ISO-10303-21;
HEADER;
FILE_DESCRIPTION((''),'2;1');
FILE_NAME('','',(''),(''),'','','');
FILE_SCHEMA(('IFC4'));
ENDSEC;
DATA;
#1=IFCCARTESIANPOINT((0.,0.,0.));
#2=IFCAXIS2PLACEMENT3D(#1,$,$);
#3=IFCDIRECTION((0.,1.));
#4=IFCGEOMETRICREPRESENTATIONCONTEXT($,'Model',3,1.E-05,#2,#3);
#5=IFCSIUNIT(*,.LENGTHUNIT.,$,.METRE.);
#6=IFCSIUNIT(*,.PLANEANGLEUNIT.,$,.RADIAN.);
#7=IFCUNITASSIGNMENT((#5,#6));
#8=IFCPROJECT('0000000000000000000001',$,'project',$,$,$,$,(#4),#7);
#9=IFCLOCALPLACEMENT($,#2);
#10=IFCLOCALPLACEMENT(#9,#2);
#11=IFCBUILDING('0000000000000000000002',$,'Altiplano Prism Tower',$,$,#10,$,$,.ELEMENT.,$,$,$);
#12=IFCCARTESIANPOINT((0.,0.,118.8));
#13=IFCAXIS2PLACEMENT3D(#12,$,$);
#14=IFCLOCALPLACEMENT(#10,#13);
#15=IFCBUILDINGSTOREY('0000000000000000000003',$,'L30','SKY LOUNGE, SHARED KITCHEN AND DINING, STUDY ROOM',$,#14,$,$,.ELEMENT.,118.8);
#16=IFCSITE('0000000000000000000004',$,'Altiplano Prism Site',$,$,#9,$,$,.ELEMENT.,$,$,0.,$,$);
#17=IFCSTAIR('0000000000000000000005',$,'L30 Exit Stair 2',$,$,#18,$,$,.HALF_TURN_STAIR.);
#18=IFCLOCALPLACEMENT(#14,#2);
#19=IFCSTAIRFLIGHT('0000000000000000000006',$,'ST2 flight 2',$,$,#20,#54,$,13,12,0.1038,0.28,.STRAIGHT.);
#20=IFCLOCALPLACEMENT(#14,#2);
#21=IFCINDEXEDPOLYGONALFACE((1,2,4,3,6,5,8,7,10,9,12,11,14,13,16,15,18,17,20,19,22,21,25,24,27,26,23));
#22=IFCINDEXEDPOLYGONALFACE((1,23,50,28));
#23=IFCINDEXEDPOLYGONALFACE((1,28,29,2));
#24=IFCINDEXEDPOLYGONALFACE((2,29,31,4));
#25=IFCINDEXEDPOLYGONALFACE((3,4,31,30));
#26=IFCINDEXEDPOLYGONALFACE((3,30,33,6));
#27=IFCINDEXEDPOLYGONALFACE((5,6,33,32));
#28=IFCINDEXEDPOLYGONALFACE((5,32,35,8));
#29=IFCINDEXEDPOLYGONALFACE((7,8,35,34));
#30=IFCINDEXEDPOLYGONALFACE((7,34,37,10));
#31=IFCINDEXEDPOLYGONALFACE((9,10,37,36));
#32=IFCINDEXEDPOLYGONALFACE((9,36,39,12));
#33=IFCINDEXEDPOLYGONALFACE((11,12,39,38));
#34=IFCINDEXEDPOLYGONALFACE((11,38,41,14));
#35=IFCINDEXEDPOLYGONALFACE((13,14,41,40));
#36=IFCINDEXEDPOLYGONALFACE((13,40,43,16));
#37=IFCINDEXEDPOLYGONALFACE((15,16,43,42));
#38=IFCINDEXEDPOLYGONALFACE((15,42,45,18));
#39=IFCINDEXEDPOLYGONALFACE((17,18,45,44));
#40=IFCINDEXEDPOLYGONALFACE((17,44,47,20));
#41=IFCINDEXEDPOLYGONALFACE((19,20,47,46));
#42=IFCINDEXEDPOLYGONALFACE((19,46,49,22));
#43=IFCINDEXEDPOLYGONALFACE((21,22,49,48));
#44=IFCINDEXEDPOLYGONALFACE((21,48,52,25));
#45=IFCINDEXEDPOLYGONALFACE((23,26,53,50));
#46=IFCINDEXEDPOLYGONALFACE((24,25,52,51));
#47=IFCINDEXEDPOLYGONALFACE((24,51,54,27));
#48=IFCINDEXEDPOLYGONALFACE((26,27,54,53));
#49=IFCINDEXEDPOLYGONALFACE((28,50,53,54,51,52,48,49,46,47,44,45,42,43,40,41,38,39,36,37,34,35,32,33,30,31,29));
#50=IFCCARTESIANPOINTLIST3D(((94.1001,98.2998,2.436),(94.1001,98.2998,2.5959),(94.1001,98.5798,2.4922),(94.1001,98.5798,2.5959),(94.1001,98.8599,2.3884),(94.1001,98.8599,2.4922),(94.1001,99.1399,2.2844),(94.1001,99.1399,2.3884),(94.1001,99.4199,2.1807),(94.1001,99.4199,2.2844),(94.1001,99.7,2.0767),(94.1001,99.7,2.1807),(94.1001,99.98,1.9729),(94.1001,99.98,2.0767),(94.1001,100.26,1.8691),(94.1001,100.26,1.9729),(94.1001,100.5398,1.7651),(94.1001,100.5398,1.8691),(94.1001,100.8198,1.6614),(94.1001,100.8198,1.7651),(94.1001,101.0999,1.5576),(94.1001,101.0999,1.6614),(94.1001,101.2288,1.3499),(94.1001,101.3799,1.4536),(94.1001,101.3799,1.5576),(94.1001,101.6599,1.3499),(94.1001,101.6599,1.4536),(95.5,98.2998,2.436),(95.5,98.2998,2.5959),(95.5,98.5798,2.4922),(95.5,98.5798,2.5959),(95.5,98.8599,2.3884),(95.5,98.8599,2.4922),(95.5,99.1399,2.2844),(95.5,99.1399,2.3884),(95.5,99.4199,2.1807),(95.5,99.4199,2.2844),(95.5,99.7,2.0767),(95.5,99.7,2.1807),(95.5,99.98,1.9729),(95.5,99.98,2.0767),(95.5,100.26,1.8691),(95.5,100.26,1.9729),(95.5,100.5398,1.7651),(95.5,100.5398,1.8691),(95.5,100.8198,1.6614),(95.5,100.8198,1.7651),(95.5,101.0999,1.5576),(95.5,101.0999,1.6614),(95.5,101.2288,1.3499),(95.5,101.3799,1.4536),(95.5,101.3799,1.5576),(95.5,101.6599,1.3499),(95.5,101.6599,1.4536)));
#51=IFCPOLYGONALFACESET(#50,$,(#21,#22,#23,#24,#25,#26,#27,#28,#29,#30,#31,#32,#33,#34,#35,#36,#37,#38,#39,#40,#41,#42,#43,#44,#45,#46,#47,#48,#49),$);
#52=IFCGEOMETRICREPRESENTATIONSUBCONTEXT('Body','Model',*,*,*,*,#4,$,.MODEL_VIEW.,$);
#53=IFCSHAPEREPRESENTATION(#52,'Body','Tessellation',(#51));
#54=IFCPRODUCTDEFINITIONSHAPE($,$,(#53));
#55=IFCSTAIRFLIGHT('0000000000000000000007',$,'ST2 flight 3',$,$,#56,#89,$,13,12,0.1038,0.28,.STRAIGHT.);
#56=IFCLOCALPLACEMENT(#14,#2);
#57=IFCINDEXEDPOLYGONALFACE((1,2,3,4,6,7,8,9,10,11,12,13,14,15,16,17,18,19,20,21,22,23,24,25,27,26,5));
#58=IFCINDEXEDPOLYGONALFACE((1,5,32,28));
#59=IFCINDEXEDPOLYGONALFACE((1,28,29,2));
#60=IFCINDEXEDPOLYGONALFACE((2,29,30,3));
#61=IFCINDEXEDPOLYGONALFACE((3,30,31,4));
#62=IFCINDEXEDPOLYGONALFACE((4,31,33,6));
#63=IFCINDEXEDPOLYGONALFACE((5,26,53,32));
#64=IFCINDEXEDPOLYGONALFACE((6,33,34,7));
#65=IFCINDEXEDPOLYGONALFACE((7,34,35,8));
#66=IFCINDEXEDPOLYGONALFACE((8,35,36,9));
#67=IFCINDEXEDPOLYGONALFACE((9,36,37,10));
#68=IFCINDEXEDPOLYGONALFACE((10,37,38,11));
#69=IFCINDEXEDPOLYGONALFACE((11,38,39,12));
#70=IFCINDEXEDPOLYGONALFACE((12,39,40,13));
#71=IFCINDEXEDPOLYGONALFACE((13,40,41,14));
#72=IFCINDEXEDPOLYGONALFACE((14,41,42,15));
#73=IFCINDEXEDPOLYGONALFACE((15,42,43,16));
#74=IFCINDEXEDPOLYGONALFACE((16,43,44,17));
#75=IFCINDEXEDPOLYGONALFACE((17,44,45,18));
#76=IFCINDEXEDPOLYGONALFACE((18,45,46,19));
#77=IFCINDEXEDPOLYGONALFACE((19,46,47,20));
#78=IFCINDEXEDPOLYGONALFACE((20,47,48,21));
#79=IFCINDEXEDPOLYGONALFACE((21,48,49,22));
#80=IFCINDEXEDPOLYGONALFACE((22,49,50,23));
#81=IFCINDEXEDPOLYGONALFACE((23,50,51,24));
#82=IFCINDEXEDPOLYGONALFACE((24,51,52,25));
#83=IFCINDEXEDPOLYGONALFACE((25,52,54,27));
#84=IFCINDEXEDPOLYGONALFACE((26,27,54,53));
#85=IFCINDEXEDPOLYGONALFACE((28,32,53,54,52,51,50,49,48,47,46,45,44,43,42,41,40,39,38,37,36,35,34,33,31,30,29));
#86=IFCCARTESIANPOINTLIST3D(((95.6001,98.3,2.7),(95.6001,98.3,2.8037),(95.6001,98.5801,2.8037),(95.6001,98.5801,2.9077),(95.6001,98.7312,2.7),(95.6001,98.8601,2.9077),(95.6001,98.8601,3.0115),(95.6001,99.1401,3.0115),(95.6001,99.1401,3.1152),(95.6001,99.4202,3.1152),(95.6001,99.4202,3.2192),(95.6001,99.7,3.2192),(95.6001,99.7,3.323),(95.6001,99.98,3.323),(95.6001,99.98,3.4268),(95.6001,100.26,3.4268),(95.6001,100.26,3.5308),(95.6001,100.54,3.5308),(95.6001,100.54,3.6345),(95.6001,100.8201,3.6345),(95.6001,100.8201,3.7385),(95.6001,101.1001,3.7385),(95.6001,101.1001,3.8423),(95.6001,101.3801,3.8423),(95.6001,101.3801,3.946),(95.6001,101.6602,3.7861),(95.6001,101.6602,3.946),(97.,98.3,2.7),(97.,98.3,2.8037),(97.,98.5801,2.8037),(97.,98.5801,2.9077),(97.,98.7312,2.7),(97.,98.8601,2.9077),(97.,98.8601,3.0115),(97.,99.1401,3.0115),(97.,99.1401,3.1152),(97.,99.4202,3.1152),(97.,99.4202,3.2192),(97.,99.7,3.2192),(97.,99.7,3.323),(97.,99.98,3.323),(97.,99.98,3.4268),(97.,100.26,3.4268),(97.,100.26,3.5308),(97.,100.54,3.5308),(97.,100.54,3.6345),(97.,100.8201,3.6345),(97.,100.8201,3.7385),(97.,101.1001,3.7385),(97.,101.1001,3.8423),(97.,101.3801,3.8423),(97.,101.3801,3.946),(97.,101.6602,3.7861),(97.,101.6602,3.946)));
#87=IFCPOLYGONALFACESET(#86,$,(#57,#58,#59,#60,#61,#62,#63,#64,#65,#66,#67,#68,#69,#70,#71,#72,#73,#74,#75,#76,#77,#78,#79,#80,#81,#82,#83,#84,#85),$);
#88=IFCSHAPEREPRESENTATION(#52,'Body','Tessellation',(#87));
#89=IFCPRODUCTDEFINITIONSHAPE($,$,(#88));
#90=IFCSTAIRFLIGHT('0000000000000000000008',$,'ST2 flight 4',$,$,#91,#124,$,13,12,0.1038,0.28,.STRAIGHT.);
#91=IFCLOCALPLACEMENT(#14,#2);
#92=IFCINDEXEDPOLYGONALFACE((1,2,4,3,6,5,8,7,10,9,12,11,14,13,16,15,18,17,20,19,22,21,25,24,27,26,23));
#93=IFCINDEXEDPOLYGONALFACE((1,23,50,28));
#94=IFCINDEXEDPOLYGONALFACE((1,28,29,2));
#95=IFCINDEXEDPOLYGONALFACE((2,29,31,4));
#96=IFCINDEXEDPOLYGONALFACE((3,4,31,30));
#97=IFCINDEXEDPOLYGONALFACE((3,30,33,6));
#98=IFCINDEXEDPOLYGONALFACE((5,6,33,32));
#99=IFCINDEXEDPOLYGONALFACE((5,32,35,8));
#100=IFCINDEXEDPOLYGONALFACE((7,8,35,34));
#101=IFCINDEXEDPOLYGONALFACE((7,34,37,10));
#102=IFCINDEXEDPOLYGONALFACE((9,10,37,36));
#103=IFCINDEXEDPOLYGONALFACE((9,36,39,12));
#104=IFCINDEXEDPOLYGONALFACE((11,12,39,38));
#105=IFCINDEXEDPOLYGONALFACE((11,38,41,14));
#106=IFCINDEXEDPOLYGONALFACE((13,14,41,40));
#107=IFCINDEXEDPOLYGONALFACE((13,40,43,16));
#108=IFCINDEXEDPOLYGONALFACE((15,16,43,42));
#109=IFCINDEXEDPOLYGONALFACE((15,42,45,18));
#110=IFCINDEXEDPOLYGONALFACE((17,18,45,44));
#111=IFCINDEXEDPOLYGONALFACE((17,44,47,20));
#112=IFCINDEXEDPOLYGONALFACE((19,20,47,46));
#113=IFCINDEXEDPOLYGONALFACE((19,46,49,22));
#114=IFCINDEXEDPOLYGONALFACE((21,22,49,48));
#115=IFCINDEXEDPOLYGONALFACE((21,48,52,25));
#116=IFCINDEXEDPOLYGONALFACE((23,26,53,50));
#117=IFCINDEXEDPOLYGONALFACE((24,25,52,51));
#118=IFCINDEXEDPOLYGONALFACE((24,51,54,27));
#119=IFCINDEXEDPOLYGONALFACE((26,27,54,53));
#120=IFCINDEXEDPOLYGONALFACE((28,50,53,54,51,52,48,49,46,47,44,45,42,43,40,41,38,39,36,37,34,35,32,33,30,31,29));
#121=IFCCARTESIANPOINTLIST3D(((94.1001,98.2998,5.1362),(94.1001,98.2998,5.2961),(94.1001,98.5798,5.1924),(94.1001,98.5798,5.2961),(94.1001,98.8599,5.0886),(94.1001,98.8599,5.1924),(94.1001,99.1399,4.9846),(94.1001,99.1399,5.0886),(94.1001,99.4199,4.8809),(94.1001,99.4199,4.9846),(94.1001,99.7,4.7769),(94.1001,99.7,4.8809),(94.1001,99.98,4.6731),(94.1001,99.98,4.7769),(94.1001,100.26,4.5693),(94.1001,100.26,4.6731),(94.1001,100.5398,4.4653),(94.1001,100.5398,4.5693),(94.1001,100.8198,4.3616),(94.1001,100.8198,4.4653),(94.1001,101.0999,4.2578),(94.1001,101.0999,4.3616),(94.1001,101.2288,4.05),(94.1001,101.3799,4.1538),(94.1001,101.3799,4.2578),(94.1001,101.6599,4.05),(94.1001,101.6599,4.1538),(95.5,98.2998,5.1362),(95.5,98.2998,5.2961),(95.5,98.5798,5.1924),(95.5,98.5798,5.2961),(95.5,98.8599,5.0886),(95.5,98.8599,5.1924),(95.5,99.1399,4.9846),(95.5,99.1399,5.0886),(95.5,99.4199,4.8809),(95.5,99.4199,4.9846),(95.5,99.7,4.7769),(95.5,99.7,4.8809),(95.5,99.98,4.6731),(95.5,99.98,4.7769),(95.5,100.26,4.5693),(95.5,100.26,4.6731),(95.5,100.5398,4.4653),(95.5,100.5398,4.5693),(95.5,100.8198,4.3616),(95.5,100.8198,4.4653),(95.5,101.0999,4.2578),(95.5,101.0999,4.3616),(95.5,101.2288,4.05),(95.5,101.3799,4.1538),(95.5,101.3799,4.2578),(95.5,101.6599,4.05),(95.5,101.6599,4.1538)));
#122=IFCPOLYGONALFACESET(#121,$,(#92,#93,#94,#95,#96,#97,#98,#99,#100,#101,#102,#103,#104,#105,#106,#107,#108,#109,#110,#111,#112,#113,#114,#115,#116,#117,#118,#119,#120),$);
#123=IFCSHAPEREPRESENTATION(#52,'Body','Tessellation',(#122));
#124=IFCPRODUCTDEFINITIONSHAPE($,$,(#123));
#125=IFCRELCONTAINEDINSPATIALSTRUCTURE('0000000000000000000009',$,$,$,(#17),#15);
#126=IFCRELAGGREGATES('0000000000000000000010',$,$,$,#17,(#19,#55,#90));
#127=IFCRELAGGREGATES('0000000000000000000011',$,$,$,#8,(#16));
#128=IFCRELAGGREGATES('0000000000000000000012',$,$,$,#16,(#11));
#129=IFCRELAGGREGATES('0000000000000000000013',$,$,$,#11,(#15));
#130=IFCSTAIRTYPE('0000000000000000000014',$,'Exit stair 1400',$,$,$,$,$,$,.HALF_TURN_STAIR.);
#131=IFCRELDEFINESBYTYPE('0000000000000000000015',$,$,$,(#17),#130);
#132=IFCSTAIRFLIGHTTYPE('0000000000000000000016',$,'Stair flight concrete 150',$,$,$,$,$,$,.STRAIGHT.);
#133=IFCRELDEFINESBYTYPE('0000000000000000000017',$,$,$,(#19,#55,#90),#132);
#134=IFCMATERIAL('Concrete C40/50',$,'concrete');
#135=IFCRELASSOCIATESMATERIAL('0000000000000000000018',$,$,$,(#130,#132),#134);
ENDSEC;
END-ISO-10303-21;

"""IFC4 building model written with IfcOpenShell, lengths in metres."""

from ifc_helpers import new_model, si_unit, direction, frame, origin, place, context, subcontext, project, spatial, polyline, outline, extrude, material, type_object, element, aggregate, save


model = new_model("IFC4")

# Units and contexts
model_context = context("Model", 3, precision=1e-05, world=origin(), true_north=direction((0.0, 1.0)))
body_context = subcontext(model_context, "Body", "Model", "MODEL_VIEW")
ifc_project = project(units=[si_unit("LENGTHUNIT", "METRE"), si_unit("PLANEANGLEUNIT", "RADIAN")], contexts=[model_context])

# Site, building, storey
site_placement = place(None, origin())
site = spatial("IfcSite", under=ifc_project, at=site_placement, Name="Altiplano Prism Site", CompositionType="ELEMENT", RefElevation=0.0)
building_placement = place(site_placement, origin())
building = spatial("IfcBuilding", under=site, at=building_placement, Name="Altiplano Prism Tower", CompositionType="ELEMENT")
storey_placement = place(building_placement, frame((0.0, 0.0, 118.8)))
storey = spatial("IfcBuildingStorey", under=building, at=storey_placement, Name="L30", Description="SKY LOUNGE, SHARED KITCHEN AND DINING, STUDY ROOM", CompositionType="ELEMENT", Elevation=118.8)

# Stair, stair flights
ifc_material_1 = material(Name="Concrete C40/50", Category="concrete")
stair_type = type_object("IfcStairType", Name="Exit stair 1400", PredefinedType="HALF_TURN_STAIR", material=ifc_material_1)
stair_placement = place(storey_placement, origin())
stair = element("IfcStair", 1, at=stair_placement, inside=storey, type_object=stair_type, Name="L30 Exit Stair 2", PredefinedType="HALF_TURN_STAIR")
stair_flight_type = type_object("IfcStairFlightType", Name="Stair flight concrete 150", PredefinedType="STRAIGHT", material=ifc_material_1)
stair_flight_1_placement = place(storey_placement, frame((94.8, 101.6599, 1.3499), z_axis=(0.0, 0.0, 1.0), x_axis=(0.0, -1.0, 0.0)))
stair_flight_1 = element("IfcStairFlight", 2, at=stair_flight_1_placement, type_object=stair_flight_type, Name="ST2 flight 2", NumberOfRisers=13, NumberOfTreads=12, PredefinedType="STRAIGHT", RiserHeight=0.1038, TreadLength=0.28, context=body_context, shape_type="SweptSolid", body=[
    extrude(outline(polyline([(0.0, 0.0), (0.0, 0.1038), (0.28, 0.1038), (0.28, 0.2078), (0.5601, 0.2078), (0.5601, 0.3115), (0.8401, 0.3115), (0.8401, 0.4153), (1.1201, 0.4153), (1.1201, 0.5193), (1.3999, 0.5193), (1.3999, 0.623), (1.6799, 0.623), (1.6799, 0.7268), (1.96, 0.7268), (1.96, 0.8308), (2.24, 0.8308), (2.24, 0.9346), (2.52, 0.9346), (2.52, 1.0386), (2.8, 1.0386), (2.8, 1.1423), (3.0801, 1.1423), (3.0801, 1.2461), (3.3601, 1.2461), (3.3601, 1.3501), (3.3601, 1.0862), (0.4312, 0.0), (0.0, 0.0)])), frame((0.0, 0.7, 0.0), z_axis=(0.0, -1.0, 0.0), x_axis=(1.0, 0.0, 0.0)), (0.0, 0.0, 1.0), 1.3999),
])
stair_flight_2_placement = place(storey_placement, frame((96.3, 98.3, 2.7), z_axis=(0.0, 0.0, 1.0), x_axis=(0.0, 1.0, 0.0)))
stair_flight_2 = element("IfcStairFlight", 3, at=stair_flight_2_placement, type_object=stair_flight_type, Name="ST2 flight 3", NumberOfRisers=13, NumberOfTreads=12, PredefinedType="STRAIGHT", RiserHeight=0.1038, TreadLength=0.28, context=body_context, shape_type="SweptSolid", body=[
    extrude(outline(polyline([(0.0, 0.0), (0.0, 0.1038), (0.28, 0.1038), (0.28, 0.2078), (0.5601, 0.2078), (0.5601, 0.3115), (0.8401, 0.3115), (0.8401, 0.4153), (1.1201, 0.4153), (1.1201, 0.5193), (1.3999, 0.5193), (1.3999, 0.623), (1.6799, 0.623), (1.6799, 0.7268), (1.96, 0.7268), (1.96, 0.8308), (2.24, 0.8308), (2.24, 0.9346), (2.52, 0.9346), (2.52, 1.0386), (2.8, 1.0386), (2.8, 1.1423), (3.0801, 1.1423), (3.0801, 1.2461), (3.3601, 1.2461), (3.3601, 1.3501), (3.3601, 1.0862), (0.4312, 0.0), (0.0, 0.0)])), frame((0.0, 0.7, 0.0), z_axis=(0.0, -1.0, 0.0), x_axis=(1.0, 0.0, 0.0)), (0.0, 0.0, 1.0), 1.3999),
])
stair_flight_3_placement = place(storey_placement, frame((94.8, 101.6599, 4.05), z_axis=(0.0, 0.0, 1.0), x_axis=(0.0, -1.0, 0.0)))
stair_flight_3 = element("IfcStairFlight", 4, at=stair_flight_3_placement, type_object=stair_flight_type, Name="ST2 flight 4", NumberOfRisers=13, NumberOfTreads=12, PredefinedType="STRAIGHT", RiserHeight=0.1038, TreadLength=0.28, context=body_context, shape_type="SweptSolid", body=[
    extrude(outline(polyline([(0.0, 0.0), (0.0, 0.1038), (0.28, 0.1038), (0.28, 0.2078), (0.5601, 0.2078), (0.5601, 0.3115), (0.8401, 0.3115), (0.8401, 0.4153), (1.1201, 0.4153), (1.1201, 0.5193), (1.3999, 0.5193), (1.3999, 0.623), (1.6799, 0.623), (1.6799, 0.7268), (1.96, 0.7268), (1.96, 0.8308), (2.24, 0.8308), (2.24, 0.9346), (2.52, 0.9346), (2.52, 1.0386), (2.8, 1.0386), (2.8, 1.1423), (3.0801, 1.1423), (3.0801, 1.2461), (3.3601, 1.2461), (3.3601, 1.3501), (3.3601, 1.0862), (0.4312, 0.0), (0.0, 0.0)])), frame((0.0, 0.7, 0.0), z_axis=(0.0, -1.0, 0.0), x_axis=(1.0, 0.0, 0.0)), (0.0, 0.0, 1.0), 1.3999),
])
aggregate(stair, [stair_flight_1, stair_flight_2, stair_flight_3])

save(model, "model.ifc")
